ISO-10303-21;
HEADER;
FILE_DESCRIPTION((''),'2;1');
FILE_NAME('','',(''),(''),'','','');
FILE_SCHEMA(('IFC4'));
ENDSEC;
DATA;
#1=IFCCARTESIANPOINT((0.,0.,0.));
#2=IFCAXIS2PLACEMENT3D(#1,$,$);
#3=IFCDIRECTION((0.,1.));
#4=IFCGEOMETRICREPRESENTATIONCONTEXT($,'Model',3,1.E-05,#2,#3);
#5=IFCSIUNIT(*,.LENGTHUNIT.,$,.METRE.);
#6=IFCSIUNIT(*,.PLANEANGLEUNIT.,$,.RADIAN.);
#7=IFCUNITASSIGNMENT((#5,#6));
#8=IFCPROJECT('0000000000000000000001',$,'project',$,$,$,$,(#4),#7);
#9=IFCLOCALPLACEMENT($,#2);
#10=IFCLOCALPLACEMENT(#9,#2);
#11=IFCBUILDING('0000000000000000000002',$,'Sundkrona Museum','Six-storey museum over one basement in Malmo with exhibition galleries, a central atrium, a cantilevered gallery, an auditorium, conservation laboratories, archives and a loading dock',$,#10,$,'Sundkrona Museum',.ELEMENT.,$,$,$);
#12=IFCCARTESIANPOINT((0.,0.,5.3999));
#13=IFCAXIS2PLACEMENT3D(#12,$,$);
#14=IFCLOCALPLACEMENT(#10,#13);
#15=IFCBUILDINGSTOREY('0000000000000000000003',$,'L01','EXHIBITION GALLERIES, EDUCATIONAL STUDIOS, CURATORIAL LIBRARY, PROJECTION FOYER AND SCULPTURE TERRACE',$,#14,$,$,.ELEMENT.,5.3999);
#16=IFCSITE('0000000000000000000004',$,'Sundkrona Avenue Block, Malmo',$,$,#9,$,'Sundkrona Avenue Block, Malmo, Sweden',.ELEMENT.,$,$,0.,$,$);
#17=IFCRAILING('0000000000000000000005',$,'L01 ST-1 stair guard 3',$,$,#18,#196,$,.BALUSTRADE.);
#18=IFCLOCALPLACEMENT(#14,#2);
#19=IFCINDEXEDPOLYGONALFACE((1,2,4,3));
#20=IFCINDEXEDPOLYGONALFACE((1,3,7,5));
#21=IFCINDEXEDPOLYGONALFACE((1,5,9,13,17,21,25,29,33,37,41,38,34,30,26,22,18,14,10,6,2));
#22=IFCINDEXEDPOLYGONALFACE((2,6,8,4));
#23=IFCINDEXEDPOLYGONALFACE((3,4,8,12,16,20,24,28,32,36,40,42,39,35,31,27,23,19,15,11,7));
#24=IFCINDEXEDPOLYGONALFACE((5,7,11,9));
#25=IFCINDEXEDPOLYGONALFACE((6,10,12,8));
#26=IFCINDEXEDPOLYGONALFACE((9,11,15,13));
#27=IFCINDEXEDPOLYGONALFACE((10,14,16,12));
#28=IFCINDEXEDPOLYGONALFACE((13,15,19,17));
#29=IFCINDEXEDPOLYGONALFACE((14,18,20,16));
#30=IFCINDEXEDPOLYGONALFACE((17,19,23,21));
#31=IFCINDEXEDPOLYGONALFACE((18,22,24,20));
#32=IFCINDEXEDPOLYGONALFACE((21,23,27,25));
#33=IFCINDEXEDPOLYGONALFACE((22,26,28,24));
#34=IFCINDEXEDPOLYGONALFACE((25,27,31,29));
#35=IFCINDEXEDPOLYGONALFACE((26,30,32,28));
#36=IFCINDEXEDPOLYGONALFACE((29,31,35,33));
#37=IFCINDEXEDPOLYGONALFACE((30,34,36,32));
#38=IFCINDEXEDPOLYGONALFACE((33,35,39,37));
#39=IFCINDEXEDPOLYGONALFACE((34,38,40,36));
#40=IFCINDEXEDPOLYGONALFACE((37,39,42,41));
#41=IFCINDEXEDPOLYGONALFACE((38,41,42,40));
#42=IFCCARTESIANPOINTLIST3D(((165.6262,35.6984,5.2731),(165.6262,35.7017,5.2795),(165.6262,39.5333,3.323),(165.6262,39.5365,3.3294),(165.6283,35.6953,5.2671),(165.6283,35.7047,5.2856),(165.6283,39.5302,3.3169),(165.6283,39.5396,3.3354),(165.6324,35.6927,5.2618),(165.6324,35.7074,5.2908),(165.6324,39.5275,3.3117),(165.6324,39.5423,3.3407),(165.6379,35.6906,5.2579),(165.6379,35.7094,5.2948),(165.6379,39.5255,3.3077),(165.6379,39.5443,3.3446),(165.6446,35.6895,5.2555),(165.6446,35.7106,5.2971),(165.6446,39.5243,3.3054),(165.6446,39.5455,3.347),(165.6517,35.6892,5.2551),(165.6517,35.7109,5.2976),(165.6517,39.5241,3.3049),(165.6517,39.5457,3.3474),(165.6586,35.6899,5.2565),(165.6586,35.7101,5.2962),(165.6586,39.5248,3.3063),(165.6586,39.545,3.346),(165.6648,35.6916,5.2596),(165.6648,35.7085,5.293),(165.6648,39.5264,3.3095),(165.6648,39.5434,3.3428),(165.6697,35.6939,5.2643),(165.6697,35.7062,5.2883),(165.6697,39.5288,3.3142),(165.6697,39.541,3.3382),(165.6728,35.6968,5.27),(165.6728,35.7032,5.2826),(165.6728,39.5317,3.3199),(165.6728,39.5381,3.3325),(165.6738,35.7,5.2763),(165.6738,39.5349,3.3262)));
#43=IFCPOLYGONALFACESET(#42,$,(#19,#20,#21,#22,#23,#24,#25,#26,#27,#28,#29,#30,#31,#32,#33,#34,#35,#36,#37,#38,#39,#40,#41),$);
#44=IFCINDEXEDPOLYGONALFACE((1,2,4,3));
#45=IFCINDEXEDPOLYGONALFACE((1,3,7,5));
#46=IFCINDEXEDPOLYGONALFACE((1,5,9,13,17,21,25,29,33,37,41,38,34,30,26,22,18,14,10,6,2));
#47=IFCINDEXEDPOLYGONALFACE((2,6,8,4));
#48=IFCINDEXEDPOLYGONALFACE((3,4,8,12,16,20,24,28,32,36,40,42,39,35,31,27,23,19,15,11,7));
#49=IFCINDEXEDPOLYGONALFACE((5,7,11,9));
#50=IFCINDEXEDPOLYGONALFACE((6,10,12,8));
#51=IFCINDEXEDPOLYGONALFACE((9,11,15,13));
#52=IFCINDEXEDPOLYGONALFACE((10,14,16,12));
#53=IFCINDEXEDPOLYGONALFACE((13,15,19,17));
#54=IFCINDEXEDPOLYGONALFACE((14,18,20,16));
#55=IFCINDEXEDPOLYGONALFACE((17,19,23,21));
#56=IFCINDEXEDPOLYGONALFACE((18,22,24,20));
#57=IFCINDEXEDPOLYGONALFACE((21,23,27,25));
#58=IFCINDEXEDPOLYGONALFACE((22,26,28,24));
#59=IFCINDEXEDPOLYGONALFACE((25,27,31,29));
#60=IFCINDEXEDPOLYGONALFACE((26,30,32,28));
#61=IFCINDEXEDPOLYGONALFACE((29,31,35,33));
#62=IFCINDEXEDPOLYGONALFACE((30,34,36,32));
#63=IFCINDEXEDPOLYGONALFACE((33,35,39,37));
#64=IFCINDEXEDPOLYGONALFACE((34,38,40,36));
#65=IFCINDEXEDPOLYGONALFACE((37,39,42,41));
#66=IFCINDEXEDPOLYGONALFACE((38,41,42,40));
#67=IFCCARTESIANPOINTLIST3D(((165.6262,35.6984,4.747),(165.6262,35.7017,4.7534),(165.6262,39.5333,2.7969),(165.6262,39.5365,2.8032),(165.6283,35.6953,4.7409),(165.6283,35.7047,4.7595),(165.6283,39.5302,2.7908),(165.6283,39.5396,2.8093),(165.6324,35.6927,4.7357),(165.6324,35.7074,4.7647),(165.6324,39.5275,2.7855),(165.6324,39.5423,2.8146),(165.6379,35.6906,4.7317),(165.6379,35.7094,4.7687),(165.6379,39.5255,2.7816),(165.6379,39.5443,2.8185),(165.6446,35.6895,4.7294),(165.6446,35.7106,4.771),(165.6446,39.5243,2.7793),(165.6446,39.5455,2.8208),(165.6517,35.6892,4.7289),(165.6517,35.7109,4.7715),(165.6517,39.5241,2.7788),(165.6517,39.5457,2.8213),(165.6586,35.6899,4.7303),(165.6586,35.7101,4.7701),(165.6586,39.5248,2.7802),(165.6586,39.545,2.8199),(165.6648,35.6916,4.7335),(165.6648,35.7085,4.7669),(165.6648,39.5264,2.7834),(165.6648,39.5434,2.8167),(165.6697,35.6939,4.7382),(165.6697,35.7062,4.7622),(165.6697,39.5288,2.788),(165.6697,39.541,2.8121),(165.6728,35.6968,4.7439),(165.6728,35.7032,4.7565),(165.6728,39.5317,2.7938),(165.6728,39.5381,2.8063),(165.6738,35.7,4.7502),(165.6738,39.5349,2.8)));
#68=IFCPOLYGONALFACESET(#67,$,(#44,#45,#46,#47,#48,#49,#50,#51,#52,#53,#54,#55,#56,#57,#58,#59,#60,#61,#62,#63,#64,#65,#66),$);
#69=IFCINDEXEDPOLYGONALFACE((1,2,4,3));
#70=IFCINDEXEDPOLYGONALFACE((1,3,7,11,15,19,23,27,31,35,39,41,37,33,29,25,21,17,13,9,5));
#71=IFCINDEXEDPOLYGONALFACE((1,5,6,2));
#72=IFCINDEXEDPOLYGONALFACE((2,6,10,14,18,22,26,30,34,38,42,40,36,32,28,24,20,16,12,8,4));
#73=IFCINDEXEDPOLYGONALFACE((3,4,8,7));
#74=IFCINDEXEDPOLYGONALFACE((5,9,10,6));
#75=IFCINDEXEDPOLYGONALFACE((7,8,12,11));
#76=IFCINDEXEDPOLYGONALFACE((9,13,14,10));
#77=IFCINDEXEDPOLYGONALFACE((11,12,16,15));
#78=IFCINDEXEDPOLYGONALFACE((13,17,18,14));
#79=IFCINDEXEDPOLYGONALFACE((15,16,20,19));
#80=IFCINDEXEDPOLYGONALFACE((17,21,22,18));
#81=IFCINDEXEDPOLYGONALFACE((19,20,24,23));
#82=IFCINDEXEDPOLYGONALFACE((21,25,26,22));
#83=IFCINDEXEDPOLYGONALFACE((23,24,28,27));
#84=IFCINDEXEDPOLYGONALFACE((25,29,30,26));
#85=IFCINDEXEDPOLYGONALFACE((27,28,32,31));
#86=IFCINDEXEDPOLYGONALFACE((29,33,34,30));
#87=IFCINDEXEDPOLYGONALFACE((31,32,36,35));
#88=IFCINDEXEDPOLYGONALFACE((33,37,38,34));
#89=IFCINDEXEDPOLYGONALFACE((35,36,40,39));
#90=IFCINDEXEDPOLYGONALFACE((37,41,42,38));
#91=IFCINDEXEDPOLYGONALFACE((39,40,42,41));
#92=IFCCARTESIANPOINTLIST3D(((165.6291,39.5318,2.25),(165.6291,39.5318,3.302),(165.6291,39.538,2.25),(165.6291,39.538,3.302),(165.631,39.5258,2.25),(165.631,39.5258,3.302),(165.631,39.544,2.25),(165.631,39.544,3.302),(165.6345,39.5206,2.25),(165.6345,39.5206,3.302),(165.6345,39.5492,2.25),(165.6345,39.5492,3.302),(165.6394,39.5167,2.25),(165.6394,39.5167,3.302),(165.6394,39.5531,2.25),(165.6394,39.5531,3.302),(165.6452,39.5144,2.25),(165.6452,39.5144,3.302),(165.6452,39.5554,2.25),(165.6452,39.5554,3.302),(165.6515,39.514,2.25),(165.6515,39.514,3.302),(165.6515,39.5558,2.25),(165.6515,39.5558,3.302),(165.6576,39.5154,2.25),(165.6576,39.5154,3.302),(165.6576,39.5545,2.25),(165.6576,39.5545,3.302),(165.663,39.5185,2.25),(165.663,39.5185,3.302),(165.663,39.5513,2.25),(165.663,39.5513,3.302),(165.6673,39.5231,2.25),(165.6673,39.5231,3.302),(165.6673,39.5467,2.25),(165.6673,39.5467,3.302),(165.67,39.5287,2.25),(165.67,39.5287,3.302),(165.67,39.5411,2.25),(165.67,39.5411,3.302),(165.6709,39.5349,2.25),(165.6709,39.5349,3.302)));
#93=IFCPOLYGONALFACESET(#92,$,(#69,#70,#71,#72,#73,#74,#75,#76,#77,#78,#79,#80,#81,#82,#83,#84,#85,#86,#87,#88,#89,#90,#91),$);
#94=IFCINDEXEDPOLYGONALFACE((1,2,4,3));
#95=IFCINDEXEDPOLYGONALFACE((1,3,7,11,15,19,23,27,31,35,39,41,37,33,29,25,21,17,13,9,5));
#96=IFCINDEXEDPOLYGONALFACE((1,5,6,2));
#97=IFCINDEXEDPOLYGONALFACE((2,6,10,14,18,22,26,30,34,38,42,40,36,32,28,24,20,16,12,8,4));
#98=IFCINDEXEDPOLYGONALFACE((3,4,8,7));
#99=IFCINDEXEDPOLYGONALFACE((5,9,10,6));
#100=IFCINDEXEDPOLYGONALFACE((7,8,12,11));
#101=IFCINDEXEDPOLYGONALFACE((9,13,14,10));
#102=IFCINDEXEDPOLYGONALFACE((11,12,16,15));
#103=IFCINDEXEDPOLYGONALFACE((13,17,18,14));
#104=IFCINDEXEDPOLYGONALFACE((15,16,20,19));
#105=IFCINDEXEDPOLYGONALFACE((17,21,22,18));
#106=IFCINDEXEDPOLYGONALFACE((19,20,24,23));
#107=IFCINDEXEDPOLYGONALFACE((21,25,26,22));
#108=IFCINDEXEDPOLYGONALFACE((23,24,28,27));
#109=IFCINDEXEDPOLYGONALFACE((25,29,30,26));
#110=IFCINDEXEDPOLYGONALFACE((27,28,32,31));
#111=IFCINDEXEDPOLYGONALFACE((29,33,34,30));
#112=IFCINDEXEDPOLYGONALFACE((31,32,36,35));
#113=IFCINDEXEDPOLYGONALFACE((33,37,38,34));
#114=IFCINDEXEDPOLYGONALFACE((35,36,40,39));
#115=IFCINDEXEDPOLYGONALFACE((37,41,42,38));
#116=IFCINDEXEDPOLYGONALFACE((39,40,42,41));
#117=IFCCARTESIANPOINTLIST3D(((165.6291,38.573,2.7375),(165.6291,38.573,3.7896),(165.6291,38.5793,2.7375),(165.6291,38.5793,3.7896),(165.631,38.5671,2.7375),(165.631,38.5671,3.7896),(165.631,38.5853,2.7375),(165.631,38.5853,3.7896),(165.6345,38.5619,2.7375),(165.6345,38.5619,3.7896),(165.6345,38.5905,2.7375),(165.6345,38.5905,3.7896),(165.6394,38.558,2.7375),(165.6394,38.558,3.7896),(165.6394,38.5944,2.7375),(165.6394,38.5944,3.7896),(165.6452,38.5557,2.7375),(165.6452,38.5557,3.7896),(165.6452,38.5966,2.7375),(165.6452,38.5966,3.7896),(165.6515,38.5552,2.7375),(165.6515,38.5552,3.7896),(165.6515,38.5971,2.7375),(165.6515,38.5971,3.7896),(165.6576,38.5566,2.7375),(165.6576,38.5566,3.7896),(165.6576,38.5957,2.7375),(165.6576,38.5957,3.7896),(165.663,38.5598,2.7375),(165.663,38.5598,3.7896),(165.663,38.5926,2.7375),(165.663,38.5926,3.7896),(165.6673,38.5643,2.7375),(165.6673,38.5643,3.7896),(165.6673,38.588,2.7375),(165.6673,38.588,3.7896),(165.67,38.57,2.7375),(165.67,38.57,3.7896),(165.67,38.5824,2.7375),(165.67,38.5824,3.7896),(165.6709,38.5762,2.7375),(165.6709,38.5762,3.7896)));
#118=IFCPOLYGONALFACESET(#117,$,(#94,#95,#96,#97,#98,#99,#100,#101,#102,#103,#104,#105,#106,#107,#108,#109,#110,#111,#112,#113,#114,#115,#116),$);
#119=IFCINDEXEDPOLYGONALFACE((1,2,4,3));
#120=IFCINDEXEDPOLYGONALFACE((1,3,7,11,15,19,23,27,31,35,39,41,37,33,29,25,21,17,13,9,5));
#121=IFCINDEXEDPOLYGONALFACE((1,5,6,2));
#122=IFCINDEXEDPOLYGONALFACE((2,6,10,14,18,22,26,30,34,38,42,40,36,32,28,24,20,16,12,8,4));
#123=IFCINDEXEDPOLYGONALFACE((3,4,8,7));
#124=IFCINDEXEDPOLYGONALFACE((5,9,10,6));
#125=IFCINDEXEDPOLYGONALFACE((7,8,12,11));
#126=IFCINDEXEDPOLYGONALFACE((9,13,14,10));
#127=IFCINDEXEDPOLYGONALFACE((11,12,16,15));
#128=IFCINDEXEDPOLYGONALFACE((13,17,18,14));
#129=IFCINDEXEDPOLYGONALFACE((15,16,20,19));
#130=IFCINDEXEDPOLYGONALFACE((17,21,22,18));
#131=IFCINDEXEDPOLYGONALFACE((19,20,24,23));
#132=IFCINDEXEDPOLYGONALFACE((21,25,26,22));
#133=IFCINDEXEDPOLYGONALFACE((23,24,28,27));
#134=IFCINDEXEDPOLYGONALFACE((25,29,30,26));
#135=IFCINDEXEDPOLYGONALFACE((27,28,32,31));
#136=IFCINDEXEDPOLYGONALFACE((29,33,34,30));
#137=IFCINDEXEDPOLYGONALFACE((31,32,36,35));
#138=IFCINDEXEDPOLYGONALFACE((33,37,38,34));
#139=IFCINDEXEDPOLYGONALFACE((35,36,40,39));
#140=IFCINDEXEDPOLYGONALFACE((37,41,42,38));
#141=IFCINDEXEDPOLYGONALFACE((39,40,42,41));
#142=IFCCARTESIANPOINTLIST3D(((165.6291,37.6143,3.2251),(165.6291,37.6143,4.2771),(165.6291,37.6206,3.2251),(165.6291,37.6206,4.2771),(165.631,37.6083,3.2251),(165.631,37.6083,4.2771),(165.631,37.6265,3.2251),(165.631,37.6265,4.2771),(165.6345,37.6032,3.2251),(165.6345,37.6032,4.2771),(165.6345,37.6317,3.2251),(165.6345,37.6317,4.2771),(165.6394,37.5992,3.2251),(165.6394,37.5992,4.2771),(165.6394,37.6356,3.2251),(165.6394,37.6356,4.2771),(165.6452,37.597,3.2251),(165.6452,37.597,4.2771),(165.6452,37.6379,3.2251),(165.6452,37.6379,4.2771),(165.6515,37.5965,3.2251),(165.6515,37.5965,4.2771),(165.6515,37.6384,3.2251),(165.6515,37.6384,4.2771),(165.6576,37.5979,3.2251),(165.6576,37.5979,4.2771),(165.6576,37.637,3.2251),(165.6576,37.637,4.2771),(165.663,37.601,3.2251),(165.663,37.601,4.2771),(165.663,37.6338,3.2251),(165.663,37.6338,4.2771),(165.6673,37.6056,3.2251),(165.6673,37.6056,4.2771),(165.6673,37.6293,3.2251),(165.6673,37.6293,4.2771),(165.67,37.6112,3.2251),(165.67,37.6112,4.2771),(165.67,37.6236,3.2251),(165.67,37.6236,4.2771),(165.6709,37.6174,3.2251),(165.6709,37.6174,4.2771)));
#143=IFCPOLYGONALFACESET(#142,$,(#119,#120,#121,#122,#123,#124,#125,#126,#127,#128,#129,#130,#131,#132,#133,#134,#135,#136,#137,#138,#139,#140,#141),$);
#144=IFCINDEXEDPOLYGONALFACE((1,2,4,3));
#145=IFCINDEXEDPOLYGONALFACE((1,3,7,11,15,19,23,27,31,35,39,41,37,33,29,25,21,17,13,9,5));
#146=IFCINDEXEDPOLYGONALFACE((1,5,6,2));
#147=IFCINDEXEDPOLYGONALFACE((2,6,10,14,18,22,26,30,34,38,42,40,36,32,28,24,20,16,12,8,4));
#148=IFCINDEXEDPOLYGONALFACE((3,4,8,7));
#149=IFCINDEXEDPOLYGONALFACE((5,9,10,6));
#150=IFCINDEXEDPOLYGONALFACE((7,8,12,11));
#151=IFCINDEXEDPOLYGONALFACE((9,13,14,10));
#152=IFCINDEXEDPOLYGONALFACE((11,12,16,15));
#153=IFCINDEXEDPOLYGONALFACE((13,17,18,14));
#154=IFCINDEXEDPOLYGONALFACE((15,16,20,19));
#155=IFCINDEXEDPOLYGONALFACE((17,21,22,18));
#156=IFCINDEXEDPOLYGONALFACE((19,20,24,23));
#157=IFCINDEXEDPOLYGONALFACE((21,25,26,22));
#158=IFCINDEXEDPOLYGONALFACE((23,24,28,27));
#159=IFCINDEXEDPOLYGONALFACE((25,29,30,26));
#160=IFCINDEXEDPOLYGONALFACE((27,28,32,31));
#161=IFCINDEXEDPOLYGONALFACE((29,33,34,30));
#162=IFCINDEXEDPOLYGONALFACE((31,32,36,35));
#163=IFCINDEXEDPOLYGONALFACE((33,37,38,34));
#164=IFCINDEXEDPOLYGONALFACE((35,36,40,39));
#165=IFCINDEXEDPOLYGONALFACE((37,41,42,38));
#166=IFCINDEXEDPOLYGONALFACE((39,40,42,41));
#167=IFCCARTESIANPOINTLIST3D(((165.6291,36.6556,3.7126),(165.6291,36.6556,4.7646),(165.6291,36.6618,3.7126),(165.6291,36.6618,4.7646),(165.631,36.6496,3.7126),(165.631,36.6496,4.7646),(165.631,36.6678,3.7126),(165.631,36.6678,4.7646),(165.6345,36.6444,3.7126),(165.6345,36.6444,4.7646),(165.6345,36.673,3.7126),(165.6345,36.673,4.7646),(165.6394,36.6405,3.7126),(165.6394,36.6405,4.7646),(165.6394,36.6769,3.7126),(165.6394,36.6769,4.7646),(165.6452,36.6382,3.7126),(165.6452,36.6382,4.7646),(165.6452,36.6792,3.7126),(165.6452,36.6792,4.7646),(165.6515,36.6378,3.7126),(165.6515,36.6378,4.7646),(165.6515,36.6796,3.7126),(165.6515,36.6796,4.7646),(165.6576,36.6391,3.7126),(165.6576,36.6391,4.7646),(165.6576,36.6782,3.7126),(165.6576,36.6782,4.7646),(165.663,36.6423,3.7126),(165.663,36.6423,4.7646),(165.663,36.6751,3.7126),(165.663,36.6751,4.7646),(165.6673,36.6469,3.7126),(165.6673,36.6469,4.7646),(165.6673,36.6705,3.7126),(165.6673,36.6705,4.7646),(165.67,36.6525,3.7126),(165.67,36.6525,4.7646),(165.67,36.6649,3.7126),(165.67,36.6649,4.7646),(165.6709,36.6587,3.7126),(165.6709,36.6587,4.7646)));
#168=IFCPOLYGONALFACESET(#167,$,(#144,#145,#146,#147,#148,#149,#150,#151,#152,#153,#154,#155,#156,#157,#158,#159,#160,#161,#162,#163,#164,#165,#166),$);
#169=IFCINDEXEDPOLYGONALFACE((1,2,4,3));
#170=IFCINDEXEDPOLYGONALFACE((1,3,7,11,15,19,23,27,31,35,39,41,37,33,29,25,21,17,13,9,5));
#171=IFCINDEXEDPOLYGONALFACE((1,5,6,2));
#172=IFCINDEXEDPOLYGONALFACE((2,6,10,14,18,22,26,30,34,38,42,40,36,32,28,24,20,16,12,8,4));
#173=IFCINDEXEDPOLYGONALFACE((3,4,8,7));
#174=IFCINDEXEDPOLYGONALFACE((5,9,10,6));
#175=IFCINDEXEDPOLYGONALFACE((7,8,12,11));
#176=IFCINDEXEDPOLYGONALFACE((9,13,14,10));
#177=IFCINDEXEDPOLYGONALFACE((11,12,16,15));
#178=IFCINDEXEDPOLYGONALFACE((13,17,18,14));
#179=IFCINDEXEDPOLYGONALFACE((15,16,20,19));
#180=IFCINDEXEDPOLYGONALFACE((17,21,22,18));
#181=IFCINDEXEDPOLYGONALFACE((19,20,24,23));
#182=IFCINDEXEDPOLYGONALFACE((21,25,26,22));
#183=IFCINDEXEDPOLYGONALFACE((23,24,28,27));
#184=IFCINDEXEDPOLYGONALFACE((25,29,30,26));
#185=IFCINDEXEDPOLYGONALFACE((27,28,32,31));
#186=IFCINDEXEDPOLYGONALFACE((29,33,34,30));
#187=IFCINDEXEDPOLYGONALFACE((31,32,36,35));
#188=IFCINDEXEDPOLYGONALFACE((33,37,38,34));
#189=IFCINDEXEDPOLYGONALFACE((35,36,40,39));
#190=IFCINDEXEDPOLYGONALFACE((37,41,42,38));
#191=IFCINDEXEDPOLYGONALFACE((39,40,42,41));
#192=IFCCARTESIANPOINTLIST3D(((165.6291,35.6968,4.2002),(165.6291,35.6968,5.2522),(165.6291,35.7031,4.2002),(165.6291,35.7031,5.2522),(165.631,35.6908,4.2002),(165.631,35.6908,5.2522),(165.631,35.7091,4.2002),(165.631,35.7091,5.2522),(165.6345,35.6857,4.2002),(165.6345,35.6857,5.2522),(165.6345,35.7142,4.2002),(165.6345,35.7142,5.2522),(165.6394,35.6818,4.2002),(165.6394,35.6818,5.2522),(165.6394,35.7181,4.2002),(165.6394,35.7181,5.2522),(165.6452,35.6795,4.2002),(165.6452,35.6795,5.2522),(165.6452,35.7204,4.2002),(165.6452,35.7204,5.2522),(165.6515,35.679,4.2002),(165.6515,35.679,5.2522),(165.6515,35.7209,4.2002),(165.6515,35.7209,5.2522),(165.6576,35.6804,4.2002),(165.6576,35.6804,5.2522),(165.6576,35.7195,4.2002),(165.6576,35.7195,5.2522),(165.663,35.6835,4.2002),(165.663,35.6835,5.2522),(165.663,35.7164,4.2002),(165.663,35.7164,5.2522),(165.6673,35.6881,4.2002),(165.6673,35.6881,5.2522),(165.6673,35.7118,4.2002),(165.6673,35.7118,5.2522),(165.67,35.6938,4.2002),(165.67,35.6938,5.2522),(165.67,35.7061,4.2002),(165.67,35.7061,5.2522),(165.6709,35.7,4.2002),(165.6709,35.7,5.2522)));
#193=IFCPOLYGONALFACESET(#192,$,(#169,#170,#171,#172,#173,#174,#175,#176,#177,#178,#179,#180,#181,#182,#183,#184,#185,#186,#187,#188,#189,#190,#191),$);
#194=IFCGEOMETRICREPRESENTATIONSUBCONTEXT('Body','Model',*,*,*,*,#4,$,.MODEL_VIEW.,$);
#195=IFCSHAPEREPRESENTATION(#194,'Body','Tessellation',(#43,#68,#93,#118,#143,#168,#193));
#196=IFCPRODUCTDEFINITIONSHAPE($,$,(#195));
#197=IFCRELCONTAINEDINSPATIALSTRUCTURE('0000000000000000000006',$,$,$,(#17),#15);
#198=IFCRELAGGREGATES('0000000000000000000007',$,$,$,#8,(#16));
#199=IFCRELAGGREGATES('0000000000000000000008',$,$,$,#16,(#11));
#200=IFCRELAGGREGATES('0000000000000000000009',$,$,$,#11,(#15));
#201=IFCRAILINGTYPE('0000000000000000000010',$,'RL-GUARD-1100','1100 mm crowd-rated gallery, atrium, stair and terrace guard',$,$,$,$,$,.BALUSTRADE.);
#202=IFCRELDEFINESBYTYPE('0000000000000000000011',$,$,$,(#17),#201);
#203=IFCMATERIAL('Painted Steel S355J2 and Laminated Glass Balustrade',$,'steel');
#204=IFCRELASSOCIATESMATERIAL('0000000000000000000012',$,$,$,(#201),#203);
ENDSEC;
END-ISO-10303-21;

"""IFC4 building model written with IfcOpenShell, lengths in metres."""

from ifc_helpers import new_model, si_unit, direction, frame, origin, origin_2d, place, context, subcontext, project, spatial, circle, extrude, material, type_object, element, save


model = new_model("IFC4")

# Units and contexts
model_context = context("Model", 3, precision=1e-05, world=origin(), true_north=direction((0.0, 1.0)))
body_context = subcontext(model_context, "Body", "Model", "MODEL_VIEW")
ifc_project = project(units=[si_unit("LENGTHUNIT", "METRE"), si_unit("PLANEANGLEUNIT", "RADIAN")], contexts=[model_context])

# Site, building, storey
site_placement = place(None, origin())
site = spatial("IfcSite", under=ifc_project, at=site_placement, Name="Sundkrona Avenue Block, Malmo", LongName="Sundkrona Avenue Block, Malmo, Sweden", CompositionType="ELEMENT", RefElevation=0.0)
building_placement = place(site_placement, origin())
building = spatial("IfcBuilding", under=site, at=building_placement, Name="Sundkrona Museum", Description="Six-storey museum over one basement in Malmo with exhibition galleries, a central atrium, a cantilevered gallery, an auditorium, conservation laboratories, archives and a loading dock", LongName="Sundkrona Museum", CompositionType="ELEMENT")
storey_placement = place(building_placement, frame((0.0, 0.0, 5.3999)))
storey = spatial("IfcBuildingStorey", under=building, at=storey_placement, Name="L01", Description="EXHIBITION GALLERIES, EDUCATIONAL STUDIOS, CURATORIAL LIBRARY, PROJECTION FOYER AND SCULPTURE TERRACE", CompositionType="ELEMENT", Elevation=5.3999)

# Railing
ifc_material_1 = material(Name="Painted Steel S355J2 and Laminated Glass Balustrade", Category="steel")
railing_type_1 = type_object("IfcRailingType", Name="RL-GUARD-1100", Description="1100 mm crowd-rated gallery, atrium, stair and terrace guard", PredefinedType="BALUSTRADE", material=ifc_material_1)
railing_1_placement = place(storey_placement, frame((165.6499, 39.5349, 2.25)))
element("IfcRailing", 1, at=railing_1_placement, inside=storey, type_object=railing_type_1, Name="L01 ST-1 stair guard 3", PredefinedType="BALUSTRADE", context=body_context, shape_type="SweptSolid", body=[
    extrude(circle(Radius=0.0239, at=origin_2d()), frame((0.0, 0.0, 1.0762), z_axis=(0.0, -0.891365, 0.453286), x_axis=(1.0, 0.0, 0.0)), (0.0, 0.0, 1.0), 4.3022),
    extrude(circle(Radius=0.0239, at=origin_2d()), frame((0.0, 0.0, 0.55), z_axis=(0.0, -0.891365, 0.453286), x_axis=(1.0, 0.0, 0.0)), (0.0, 0.0, 1.0), 4.3022),
    extrude(circle(Radius=0.021, at=origin_2d()), origin(), (0.0, 0.0, 1.0), 1.052),
    extrude(circle(Radius=0.021, at=origin_2d()), frame((0.0, -0.9587, 0.4875)), (0.0, 0.0, 1.0), 1.052),
    extrude(circle(Radius=0.021, at=origin_2d()), frame((0.0, -1.9175, 0.9751)), (0.0, 0.0, 1.0), 1.052),
    extrude(circle(Radius=0.021, at=origin_2d()), frame((0.0, -2.8762, 1.4626)), (0.0, 0.0, 1.0), 1.052),
    extrude(circle(Radius=0.021, at=origin_2d()), frame((0.0, -3.835, 1.9502)), (0.0, 0.0, 1.0), 1.052),
])

save(model, "model.ifc")
